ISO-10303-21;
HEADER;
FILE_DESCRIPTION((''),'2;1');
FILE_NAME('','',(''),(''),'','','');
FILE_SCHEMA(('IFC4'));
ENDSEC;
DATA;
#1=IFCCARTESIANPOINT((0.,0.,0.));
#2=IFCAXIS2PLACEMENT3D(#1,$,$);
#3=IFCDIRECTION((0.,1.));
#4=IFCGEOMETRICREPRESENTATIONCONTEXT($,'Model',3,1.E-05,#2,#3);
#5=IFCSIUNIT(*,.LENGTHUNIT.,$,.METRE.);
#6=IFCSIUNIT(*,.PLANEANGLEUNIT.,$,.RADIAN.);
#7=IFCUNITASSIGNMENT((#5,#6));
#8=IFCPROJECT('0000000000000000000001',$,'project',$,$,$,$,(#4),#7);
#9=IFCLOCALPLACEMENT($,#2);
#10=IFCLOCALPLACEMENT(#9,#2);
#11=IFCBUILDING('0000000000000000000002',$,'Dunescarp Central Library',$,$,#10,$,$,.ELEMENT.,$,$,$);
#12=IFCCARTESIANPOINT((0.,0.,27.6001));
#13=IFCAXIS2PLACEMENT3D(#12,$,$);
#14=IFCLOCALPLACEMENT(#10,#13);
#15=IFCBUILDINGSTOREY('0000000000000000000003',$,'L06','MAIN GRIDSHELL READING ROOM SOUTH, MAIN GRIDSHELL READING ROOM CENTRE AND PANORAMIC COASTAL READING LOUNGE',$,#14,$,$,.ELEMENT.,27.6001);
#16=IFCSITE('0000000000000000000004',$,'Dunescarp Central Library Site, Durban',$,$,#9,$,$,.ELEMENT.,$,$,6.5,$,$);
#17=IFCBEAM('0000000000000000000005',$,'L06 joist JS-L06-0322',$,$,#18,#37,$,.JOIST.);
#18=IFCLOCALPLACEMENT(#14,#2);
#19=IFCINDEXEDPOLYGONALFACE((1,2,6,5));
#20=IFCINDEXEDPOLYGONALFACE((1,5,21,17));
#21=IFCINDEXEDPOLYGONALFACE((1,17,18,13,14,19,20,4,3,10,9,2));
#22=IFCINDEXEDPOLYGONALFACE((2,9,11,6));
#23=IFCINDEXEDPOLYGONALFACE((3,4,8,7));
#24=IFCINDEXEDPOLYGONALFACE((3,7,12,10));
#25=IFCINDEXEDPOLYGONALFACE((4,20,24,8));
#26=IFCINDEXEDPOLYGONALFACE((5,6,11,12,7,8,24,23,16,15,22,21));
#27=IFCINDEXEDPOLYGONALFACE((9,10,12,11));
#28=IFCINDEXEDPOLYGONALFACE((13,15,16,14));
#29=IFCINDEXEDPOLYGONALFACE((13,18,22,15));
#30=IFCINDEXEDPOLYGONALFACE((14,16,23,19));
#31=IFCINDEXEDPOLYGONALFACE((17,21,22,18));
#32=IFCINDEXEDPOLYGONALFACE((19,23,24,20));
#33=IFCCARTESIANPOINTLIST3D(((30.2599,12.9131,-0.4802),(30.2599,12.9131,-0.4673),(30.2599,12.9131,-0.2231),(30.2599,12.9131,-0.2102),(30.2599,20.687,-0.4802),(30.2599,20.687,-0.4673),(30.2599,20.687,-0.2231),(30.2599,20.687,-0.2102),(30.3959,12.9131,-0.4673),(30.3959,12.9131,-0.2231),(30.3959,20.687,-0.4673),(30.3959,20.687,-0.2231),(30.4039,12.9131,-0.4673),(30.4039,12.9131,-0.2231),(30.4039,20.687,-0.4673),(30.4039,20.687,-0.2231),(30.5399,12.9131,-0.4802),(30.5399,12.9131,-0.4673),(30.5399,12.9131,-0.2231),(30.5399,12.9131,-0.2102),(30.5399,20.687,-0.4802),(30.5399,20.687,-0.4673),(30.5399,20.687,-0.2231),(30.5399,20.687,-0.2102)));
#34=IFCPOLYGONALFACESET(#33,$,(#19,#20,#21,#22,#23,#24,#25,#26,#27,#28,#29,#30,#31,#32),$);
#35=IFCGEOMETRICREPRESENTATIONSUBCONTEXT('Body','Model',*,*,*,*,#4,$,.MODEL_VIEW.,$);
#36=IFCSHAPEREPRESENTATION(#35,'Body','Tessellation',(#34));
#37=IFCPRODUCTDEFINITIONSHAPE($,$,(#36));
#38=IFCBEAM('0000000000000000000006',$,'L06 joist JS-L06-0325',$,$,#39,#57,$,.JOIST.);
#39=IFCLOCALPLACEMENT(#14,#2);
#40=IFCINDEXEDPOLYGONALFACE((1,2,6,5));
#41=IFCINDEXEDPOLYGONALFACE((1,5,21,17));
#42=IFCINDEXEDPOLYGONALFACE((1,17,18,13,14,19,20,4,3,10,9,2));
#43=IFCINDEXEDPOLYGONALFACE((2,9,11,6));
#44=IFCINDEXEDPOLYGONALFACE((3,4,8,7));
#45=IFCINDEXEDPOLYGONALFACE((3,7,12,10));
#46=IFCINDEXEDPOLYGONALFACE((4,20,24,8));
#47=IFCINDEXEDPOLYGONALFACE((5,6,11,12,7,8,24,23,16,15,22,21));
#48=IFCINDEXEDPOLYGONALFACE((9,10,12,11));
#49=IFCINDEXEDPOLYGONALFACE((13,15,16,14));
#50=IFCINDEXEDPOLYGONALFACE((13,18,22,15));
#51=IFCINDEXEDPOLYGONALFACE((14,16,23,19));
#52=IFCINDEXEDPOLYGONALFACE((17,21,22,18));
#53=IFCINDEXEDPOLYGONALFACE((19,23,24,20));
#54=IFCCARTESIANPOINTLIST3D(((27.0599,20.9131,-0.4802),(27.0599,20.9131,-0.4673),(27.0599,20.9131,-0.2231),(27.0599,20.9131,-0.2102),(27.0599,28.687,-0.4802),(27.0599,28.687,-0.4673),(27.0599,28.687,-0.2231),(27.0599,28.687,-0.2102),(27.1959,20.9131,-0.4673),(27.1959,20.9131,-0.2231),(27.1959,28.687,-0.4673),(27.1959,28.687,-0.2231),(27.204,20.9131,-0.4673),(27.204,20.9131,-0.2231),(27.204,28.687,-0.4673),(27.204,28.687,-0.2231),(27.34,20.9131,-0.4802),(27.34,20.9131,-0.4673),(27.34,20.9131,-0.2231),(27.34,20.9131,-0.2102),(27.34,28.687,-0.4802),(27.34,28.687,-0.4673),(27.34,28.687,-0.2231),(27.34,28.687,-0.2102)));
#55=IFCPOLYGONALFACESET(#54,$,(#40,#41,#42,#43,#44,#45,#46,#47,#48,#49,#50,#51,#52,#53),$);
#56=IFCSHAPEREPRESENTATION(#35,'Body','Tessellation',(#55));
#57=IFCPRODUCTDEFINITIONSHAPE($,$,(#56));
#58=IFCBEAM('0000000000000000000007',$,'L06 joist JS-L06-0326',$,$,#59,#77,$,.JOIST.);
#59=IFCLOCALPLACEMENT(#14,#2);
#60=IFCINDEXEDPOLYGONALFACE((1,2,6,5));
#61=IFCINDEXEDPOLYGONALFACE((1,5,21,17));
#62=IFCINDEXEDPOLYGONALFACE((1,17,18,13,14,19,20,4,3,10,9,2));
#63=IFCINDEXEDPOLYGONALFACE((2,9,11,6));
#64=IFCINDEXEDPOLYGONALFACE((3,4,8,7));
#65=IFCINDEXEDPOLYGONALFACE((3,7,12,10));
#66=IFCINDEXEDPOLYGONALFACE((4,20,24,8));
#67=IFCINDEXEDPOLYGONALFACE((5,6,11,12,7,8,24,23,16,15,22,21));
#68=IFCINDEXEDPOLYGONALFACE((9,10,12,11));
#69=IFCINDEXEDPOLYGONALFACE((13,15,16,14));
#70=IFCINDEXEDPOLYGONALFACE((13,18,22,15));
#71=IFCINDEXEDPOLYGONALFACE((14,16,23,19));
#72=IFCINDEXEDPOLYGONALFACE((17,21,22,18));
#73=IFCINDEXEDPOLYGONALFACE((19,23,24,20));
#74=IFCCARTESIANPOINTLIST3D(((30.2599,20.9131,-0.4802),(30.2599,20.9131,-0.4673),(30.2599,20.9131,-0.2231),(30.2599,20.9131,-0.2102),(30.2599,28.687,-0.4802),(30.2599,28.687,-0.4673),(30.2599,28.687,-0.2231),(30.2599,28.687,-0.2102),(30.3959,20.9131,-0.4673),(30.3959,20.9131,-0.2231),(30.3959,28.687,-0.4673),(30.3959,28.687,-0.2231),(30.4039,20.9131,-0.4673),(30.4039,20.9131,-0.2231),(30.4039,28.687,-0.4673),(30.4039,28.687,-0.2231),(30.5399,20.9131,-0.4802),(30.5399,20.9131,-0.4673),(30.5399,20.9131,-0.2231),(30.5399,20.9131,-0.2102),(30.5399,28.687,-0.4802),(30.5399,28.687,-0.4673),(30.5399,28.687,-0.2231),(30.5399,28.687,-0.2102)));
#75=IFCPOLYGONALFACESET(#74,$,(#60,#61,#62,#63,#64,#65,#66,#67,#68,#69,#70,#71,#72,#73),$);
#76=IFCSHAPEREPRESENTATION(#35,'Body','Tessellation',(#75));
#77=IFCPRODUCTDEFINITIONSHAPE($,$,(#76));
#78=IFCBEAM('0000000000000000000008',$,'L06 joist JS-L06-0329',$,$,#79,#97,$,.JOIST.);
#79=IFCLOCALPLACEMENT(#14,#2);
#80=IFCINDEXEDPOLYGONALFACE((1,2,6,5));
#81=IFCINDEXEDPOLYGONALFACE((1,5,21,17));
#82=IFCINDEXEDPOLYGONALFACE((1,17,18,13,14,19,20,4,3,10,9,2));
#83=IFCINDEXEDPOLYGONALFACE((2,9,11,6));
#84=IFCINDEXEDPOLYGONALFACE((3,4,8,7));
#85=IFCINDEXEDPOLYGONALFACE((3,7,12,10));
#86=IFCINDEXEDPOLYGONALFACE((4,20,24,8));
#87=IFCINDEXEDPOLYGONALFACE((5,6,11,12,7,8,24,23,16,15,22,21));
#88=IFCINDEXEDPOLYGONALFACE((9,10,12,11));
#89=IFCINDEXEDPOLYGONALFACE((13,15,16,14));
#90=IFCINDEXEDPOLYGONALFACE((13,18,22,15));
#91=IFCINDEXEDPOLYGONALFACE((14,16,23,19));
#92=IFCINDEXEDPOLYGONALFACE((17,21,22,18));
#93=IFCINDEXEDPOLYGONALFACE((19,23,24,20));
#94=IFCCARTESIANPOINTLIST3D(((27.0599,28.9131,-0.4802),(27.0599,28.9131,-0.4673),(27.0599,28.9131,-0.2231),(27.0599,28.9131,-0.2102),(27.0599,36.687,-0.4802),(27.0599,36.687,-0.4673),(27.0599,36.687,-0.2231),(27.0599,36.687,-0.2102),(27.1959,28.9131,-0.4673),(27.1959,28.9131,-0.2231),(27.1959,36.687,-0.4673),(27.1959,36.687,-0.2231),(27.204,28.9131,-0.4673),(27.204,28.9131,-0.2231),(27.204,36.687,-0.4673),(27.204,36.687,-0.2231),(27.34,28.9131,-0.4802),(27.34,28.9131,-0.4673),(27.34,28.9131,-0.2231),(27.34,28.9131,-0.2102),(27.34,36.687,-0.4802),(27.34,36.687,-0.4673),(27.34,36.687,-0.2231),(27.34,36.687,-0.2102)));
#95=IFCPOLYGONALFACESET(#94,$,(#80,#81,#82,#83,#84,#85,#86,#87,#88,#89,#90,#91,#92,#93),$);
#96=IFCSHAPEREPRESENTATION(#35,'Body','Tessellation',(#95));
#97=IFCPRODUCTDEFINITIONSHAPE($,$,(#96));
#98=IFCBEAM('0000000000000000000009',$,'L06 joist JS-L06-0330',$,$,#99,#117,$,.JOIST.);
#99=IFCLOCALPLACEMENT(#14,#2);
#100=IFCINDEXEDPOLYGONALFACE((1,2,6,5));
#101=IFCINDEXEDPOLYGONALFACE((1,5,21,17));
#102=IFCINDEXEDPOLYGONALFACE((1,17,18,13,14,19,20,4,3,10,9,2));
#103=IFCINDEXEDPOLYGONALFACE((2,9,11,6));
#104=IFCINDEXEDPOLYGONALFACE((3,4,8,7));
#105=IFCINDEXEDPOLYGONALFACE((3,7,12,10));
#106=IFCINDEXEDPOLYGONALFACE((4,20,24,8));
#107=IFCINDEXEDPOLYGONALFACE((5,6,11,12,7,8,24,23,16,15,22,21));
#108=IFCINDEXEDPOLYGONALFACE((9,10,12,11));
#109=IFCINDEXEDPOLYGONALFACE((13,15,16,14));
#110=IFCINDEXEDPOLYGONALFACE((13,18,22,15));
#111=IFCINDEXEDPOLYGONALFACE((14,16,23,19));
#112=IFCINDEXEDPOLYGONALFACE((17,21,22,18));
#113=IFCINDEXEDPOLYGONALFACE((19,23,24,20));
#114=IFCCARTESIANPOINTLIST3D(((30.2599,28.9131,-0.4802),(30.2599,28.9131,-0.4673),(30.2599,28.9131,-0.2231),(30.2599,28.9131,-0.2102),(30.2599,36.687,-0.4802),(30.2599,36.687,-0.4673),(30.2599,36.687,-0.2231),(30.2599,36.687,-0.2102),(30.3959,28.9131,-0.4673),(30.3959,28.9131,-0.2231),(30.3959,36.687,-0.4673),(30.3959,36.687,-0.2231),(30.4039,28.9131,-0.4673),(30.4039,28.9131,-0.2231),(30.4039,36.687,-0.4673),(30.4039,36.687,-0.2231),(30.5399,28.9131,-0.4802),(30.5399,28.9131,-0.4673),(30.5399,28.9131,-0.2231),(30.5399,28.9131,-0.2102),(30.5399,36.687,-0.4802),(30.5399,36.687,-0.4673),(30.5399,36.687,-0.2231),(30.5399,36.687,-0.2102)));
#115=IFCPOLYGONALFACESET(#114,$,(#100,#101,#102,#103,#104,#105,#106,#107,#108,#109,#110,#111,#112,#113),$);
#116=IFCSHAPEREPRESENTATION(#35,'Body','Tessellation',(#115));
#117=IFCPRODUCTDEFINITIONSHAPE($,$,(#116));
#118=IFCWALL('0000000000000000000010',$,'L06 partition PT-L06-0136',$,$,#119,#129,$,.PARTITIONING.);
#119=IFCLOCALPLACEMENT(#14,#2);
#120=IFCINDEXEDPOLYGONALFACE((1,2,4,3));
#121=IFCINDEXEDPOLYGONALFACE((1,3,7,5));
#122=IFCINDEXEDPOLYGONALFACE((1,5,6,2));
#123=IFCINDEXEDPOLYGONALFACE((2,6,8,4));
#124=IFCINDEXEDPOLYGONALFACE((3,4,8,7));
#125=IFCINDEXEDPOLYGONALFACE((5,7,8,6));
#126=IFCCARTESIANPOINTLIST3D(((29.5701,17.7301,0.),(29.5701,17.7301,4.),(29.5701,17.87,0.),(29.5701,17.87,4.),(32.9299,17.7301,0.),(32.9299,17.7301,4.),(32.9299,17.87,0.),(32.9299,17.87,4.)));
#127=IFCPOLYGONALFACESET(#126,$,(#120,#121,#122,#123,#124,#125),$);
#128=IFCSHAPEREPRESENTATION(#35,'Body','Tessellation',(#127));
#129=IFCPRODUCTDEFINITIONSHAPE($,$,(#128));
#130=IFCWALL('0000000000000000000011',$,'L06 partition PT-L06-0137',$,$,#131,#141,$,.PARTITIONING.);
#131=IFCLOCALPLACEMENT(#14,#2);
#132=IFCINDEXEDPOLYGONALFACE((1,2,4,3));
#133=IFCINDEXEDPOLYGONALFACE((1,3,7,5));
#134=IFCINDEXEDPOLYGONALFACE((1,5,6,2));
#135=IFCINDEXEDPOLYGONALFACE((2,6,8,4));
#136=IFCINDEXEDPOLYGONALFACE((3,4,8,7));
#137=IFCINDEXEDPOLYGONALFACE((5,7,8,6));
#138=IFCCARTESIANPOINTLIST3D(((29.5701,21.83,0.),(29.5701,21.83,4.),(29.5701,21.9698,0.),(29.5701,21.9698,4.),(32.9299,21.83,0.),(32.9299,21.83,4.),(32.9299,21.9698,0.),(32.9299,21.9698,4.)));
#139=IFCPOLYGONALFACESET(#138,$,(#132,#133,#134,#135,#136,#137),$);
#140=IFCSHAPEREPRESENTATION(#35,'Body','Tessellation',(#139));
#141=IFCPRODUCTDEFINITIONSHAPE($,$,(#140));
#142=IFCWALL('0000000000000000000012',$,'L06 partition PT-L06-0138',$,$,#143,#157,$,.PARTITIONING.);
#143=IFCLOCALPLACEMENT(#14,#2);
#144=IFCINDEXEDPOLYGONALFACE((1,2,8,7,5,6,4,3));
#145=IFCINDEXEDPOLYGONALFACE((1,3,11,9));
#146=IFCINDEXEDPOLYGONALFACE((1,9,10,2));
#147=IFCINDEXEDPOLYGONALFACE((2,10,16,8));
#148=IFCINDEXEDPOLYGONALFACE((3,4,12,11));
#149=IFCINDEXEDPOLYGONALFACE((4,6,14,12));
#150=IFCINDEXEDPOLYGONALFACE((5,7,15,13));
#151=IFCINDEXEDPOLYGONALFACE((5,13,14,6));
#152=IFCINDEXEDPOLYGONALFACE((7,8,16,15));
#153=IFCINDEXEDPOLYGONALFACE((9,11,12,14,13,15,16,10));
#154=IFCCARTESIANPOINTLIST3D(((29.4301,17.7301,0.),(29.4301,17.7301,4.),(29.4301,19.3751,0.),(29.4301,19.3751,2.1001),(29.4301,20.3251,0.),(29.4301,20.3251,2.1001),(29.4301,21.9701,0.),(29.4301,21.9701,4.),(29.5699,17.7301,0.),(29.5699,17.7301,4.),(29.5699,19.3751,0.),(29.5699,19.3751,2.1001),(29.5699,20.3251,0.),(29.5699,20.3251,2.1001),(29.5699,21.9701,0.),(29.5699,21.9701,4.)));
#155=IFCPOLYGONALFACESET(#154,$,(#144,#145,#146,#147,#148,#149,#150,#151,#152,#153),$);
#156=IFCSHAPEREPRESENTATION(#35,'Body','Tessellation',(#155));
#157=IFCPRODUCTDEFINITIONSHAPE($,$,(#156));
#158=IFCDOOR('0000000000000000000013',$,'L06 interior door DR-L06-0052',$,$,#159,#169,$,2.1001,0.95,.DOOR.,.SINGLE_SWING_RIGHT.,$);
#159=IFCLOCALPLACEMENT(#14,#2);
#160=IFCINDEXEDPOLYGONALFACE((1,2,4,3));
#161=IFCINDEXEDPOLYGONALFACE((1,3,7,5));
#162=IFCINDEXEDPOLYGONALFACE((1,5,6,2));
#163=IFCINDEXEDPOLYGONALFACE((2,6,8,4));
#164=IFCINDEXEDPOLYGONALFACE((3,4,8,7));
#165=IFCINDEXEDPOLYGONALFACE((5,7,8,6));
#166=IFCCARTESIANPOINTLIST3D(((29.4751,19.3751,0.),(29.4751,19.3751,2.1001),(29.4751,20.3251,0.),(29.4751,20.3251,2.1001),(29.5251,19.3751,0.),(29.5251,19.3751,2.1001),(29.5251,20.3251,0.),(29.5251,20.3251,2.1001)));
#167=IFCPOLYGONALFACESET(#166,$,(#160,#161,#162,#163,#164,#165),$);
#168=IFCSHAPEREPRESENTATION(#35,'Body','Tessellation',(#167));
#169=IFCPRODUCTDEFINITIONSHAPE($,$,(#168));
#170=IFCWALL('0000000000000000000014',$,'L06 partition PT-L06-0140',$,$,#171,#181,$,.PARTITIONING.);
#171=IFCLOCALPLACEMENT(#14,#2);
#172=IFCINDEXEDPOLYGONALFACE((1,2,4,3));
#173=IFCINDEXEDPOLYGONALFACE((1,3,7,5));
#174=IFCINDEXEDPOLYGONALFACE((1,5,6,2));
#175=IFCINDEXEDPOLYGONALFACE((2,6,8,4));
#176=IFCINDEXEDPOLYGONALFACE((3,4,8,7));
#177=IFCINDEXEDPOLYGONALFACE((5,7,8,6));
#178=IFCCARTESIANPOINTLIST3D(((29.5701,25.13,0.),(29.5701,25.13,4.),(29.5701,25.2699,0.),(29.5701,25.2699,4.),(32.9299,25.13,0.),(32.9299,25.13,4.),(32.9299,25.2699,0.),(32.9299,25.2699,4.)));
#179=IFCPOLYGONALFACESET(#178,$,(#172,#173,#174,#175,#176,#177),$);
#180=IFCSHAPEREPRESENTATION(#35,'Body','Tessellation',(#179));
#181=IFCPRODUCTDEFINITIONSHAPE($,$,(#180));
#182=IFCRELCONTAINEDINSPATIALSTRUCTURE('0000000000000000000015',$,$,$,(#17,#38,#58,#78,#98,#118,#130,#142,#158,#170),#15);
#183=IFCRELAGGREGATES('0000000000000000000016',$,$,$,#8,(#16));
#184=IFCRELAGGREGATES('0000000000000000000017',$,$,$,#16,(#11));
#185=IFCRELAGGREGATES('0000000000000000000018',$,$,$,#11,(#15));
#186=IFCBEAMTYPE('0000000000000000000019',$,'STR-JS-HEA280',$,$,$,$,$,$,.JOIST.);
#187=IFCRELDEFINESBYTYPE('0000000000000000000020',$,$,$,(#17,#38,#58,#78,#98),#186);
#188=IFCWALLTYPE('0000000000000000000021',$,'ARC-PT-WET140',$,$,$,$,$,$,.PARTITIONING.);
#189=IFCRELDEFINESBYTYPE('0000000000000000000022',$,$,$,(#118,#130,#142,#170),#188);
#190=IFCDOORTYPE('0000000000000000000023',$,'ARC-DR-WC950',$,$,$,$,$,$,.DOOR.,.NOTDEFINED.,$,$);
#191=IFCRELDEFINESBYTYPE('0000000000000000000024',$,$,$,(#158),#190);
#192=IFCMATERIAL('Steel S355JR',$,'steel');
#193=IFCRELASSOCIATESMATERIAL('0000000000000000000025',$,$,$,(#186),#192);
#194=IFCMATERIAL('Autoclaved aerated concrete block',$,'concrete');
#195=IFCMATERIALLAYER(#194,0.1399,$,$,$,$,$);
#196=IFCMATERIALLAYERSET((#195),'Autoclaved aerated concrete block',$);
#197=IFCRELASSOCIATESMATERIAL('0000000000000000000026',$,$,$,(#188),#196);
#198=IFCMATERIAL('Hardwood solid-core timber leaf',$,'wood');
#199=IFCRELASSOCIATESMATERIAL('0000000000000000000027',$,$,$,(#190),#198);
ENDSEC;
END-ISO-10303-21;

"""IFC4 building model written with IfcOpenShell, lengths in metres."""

from ifc_helpers import new_model, si_unit, direction, frame, frame_2d, origin, origin_2d, place, context, subcontext, project, spatial, rectangle, i_section, extrude, material, layer, layer_set, material_profile, profile_set, type_object, element, fill, save


model = new_model("IFC4")

# Units and contexts
model_context = context("Model", 3, precision=1e-05, world=origin(), true_north=direction((0.0, 1.0)))
body_context = subcontext(model_context, "Body", "Model", "MODEL_VIEW")
ifc_project = project(units=[si_unit("LENGTHUNIT", "METRE"), si_unit("PLANEANGLEUNIT", "RADIAN")], contexts=[model_context])

# Site, building, storey
site_placement = place(None, origin())
site = spatial("IfcSite", under=ifc_project, at=site_placement, Name="Dunescarp Central Library Site, Durban", CompositionType="ELEMENT", RefElevation=6.5)
building_placement = place(site_placement, origin())
building = spatial("IfcBuilding", under=site, at=building_placement, Name="Dunescarp Central Library", CompositionType="ELEMENT")
storey_placement = place(building_placement, frame((0.0, 0.0, 27.6001)))
storey = spatial("IfcBuildingStorey", under=building, at=storey_placement, Name="L06", Description="MAIN GRIDSHELL READING ROOM SOUTH, MAIN GRIDSHELL READING ROOM CENTRE AND PANORAMIC COASTAL READING LOUNGE", CompositionType="ELEMENT", Elevation=27.6001)

# Beams
ifc_material_1 = material(Name="Steel S355JR", Category="steel")
ifc_material_profile_1 = material_profile(ifc_material_1, i_section(OverallWidth=0.28, OverallDepth=0.27, WebThickness=0.0081, FlangeThickness=0.0129, at=origin_2d()), Name="HEA 280")
ifc_profile_set_1 = profile_set([ifc_material_profile_1], Name="Steel S355JR")
beam_type_1 = type_object("IfcBeamType", Name="STR-JS-HEA280", PredefinedType="JOIST", material=ifc_profile_set_1)
for number, where, z_axis, x_axis, name in (
    (1, (30.3999, 12.9131, -0.3452), (0.0, 1.0, 0.0), (-1.0, 0.0, 0.0), "L06 joist JS-L06-0322"),
    (2, (27.2, 20.9131, -0.3452), (0.0, 1.0, 0.0), (-1.0, 0.0, 0.0), "L06 joist JS-L06-0325"),
    (3, (30.3999, 20.9131, -0.3452), (0.0, 1.0, 0.0), (-1.0, 0.0, 0.0), "L06 joist JS-L06-0326"),
    (4, (27.2, 28.9131, -0.3452), (0.0, 1.0, 0.0), (-1.0, 0.0, 0.0), "L06 joist JS-L06-0329"),
    (5, (30.3999, 28.9131, -0.3452), (0.0, 1.0, 0.0), (-1.0, 0.0, 0.0), "L06 joist JS-L06-0330"),
):
    element("IfcBeam", number, at=place(storey_placement, frame(where, z_axis=z_axis, x_axis=x_axis)), inside=storey, type_object=beam_type_1, Name=name, PredefinedType="JOIST", context=body_context, shape_type="SweptSolid", body=[
        extrude(i_section(OverallWidth=0.28, OverallDepth=0.27, WebThickness=0.0081, FlangeThickness=0.0129, at=origin_2d()), origin(), (0.0, 0.0, 1.0), 7.7739),
    ])

# Walls
ifc_material_2 = material(Name="Autoclaved aerated concrete block", Category="concrete")
ifc_layer_1 = layer(ifc_material_2, 0.1399)
ifc_layer_set_1 = layer_set([ifc_layer_1], Name="Autoclaved aerated concrete block")
wall_type_1 = type_object("IfcWallType", Name="ARC-PT-WET140", PredefinedType="PARTITIONING", material=ifc_layer_set_1)
for number, where, z_axis, x_axis, name in (
    (6, (29.5701, 17.8, 0.0), (0.0, 0.0, 1.0), (1.0, 0.0, 0.0), "L06 partition PT-L06-0136"),
    (7, (29.5701, 21.8999, 0.0), (0.0, 0.0, 1.0), (1.0, 0.0, 0.0), "L06 partition PT-L06-0137"),
):
    element("IfcWall", number, at=place(storey_placement, frame(where, z_axis=z_axis, x_axis=x_axis)), inside=storey, type_object=wall_type_1, Name=name, PredefinedType="PARTITIONING", context=body_context, shape_type="SweptSolid", body=[
        extrude(rectangle(XDim=3.3599, YDim=0.1399, at=frame_2d((1.6799, 0.0))), origin(), (0.0, 0.0, 1.0), 4.0),
    ])

# Wall, opening, door
wall_1_placement = place(storey_placement, frame((29.5, 17.73, 0.0), z_axis=(0.0, 0.0, 1.0), x_axis=(0.0, 1.0, 0.0)))
wall_1 = element("IfcWall", 8, at=wall_1_placement, inside=storey, type_object=wall_type_1, Name="L06 partition PT-L06-0138", PredefinedType="PARTITIONING", context=body_context, shape_type="SweptSolid", body=[
    extrude(rectangle(XDim=4.24, YDim=0.1399, at=frame_2d((2.1201, 0.0))), origin(), (0.0, 0.0, 1.0), 4.0),
])
opening_1_placement = place(wall_1_placement, frame((1.645, 0.0, 0.0)))
opening_1 = element("IfcOpeningElement", 9, at=opening_1_placement, cuts=wall_1, PredefinedType="OPENING", context=body_context, shape_type="SweptSolid", body=[
    extrude(rectangle(XDim=0.95, YDim=2.1001, at=frame_2d((0.4751, 1.05))), frame((0.0, 0.0801, 0.0), z_axis=(0.0, -1.0, 0.0), x_axis=(1.0, 0.0, 0.0)), (0.0, 0.0, 1.0), 0.1599),
])
ifc_material_3 = material(Name="Hardwood solid-core timber leaf", Category="wood")
door_type_1 = type_object("IfcDoorType", Name="ARC-DR-WC950", OperationType="NOTDEFINED", PredefinedType="DOOR", material=ifc_material_3)
door_1_placement = place(opening_1_placement, origin())
door_1 = element("IfcDoor", 10, at=door_1_placement, inside=storey, type_object=door_type_1, Name="L06 interior door DR-L06-0052", OperationType="SINGLE_SWING_RIGHT", OverallHeight=2.1001, OverallWidth=0.95, PredefinedType="DOOR", context=body_context, shape_type="SweptSolid", body=[
    extrude(rectangle(XDim=0.95, YDim=2.1001, at=frame_2d((0.4751, 1.05))), frame((0.0, 0.0249, 0.0), z_axis=(0.0, -1.0, 0.0), x_axis=(1.0, 0.0, 0.0)), (0.0, 0.0, 1.0), 0.05),
])
fill(opening_1, door_1)

# Wall
wall_2_placement = place(storey_placement, frame((29.5701, 25.2, 0.0), z_axis=(0.0, 0.0, 1.0), x_axis=(1.0, 0.0, 0.0)))
element("IfcWall", 11, at=wall_2_placement, inside=storey, type_object=wall_type_1, Name="L06 partition PT-L06-0140", PredefinedType="PARTITIONING", context=body_context, shape_type="SweptSolid", body=[
    extrude(rectangle(XDim=3.3599, YDim=0.1399, at=frame_2d((1.6799, 0.0))), origin(), (0.0, 0.0, 1.0), 4.0),
])

save(model, "model.ifc")
